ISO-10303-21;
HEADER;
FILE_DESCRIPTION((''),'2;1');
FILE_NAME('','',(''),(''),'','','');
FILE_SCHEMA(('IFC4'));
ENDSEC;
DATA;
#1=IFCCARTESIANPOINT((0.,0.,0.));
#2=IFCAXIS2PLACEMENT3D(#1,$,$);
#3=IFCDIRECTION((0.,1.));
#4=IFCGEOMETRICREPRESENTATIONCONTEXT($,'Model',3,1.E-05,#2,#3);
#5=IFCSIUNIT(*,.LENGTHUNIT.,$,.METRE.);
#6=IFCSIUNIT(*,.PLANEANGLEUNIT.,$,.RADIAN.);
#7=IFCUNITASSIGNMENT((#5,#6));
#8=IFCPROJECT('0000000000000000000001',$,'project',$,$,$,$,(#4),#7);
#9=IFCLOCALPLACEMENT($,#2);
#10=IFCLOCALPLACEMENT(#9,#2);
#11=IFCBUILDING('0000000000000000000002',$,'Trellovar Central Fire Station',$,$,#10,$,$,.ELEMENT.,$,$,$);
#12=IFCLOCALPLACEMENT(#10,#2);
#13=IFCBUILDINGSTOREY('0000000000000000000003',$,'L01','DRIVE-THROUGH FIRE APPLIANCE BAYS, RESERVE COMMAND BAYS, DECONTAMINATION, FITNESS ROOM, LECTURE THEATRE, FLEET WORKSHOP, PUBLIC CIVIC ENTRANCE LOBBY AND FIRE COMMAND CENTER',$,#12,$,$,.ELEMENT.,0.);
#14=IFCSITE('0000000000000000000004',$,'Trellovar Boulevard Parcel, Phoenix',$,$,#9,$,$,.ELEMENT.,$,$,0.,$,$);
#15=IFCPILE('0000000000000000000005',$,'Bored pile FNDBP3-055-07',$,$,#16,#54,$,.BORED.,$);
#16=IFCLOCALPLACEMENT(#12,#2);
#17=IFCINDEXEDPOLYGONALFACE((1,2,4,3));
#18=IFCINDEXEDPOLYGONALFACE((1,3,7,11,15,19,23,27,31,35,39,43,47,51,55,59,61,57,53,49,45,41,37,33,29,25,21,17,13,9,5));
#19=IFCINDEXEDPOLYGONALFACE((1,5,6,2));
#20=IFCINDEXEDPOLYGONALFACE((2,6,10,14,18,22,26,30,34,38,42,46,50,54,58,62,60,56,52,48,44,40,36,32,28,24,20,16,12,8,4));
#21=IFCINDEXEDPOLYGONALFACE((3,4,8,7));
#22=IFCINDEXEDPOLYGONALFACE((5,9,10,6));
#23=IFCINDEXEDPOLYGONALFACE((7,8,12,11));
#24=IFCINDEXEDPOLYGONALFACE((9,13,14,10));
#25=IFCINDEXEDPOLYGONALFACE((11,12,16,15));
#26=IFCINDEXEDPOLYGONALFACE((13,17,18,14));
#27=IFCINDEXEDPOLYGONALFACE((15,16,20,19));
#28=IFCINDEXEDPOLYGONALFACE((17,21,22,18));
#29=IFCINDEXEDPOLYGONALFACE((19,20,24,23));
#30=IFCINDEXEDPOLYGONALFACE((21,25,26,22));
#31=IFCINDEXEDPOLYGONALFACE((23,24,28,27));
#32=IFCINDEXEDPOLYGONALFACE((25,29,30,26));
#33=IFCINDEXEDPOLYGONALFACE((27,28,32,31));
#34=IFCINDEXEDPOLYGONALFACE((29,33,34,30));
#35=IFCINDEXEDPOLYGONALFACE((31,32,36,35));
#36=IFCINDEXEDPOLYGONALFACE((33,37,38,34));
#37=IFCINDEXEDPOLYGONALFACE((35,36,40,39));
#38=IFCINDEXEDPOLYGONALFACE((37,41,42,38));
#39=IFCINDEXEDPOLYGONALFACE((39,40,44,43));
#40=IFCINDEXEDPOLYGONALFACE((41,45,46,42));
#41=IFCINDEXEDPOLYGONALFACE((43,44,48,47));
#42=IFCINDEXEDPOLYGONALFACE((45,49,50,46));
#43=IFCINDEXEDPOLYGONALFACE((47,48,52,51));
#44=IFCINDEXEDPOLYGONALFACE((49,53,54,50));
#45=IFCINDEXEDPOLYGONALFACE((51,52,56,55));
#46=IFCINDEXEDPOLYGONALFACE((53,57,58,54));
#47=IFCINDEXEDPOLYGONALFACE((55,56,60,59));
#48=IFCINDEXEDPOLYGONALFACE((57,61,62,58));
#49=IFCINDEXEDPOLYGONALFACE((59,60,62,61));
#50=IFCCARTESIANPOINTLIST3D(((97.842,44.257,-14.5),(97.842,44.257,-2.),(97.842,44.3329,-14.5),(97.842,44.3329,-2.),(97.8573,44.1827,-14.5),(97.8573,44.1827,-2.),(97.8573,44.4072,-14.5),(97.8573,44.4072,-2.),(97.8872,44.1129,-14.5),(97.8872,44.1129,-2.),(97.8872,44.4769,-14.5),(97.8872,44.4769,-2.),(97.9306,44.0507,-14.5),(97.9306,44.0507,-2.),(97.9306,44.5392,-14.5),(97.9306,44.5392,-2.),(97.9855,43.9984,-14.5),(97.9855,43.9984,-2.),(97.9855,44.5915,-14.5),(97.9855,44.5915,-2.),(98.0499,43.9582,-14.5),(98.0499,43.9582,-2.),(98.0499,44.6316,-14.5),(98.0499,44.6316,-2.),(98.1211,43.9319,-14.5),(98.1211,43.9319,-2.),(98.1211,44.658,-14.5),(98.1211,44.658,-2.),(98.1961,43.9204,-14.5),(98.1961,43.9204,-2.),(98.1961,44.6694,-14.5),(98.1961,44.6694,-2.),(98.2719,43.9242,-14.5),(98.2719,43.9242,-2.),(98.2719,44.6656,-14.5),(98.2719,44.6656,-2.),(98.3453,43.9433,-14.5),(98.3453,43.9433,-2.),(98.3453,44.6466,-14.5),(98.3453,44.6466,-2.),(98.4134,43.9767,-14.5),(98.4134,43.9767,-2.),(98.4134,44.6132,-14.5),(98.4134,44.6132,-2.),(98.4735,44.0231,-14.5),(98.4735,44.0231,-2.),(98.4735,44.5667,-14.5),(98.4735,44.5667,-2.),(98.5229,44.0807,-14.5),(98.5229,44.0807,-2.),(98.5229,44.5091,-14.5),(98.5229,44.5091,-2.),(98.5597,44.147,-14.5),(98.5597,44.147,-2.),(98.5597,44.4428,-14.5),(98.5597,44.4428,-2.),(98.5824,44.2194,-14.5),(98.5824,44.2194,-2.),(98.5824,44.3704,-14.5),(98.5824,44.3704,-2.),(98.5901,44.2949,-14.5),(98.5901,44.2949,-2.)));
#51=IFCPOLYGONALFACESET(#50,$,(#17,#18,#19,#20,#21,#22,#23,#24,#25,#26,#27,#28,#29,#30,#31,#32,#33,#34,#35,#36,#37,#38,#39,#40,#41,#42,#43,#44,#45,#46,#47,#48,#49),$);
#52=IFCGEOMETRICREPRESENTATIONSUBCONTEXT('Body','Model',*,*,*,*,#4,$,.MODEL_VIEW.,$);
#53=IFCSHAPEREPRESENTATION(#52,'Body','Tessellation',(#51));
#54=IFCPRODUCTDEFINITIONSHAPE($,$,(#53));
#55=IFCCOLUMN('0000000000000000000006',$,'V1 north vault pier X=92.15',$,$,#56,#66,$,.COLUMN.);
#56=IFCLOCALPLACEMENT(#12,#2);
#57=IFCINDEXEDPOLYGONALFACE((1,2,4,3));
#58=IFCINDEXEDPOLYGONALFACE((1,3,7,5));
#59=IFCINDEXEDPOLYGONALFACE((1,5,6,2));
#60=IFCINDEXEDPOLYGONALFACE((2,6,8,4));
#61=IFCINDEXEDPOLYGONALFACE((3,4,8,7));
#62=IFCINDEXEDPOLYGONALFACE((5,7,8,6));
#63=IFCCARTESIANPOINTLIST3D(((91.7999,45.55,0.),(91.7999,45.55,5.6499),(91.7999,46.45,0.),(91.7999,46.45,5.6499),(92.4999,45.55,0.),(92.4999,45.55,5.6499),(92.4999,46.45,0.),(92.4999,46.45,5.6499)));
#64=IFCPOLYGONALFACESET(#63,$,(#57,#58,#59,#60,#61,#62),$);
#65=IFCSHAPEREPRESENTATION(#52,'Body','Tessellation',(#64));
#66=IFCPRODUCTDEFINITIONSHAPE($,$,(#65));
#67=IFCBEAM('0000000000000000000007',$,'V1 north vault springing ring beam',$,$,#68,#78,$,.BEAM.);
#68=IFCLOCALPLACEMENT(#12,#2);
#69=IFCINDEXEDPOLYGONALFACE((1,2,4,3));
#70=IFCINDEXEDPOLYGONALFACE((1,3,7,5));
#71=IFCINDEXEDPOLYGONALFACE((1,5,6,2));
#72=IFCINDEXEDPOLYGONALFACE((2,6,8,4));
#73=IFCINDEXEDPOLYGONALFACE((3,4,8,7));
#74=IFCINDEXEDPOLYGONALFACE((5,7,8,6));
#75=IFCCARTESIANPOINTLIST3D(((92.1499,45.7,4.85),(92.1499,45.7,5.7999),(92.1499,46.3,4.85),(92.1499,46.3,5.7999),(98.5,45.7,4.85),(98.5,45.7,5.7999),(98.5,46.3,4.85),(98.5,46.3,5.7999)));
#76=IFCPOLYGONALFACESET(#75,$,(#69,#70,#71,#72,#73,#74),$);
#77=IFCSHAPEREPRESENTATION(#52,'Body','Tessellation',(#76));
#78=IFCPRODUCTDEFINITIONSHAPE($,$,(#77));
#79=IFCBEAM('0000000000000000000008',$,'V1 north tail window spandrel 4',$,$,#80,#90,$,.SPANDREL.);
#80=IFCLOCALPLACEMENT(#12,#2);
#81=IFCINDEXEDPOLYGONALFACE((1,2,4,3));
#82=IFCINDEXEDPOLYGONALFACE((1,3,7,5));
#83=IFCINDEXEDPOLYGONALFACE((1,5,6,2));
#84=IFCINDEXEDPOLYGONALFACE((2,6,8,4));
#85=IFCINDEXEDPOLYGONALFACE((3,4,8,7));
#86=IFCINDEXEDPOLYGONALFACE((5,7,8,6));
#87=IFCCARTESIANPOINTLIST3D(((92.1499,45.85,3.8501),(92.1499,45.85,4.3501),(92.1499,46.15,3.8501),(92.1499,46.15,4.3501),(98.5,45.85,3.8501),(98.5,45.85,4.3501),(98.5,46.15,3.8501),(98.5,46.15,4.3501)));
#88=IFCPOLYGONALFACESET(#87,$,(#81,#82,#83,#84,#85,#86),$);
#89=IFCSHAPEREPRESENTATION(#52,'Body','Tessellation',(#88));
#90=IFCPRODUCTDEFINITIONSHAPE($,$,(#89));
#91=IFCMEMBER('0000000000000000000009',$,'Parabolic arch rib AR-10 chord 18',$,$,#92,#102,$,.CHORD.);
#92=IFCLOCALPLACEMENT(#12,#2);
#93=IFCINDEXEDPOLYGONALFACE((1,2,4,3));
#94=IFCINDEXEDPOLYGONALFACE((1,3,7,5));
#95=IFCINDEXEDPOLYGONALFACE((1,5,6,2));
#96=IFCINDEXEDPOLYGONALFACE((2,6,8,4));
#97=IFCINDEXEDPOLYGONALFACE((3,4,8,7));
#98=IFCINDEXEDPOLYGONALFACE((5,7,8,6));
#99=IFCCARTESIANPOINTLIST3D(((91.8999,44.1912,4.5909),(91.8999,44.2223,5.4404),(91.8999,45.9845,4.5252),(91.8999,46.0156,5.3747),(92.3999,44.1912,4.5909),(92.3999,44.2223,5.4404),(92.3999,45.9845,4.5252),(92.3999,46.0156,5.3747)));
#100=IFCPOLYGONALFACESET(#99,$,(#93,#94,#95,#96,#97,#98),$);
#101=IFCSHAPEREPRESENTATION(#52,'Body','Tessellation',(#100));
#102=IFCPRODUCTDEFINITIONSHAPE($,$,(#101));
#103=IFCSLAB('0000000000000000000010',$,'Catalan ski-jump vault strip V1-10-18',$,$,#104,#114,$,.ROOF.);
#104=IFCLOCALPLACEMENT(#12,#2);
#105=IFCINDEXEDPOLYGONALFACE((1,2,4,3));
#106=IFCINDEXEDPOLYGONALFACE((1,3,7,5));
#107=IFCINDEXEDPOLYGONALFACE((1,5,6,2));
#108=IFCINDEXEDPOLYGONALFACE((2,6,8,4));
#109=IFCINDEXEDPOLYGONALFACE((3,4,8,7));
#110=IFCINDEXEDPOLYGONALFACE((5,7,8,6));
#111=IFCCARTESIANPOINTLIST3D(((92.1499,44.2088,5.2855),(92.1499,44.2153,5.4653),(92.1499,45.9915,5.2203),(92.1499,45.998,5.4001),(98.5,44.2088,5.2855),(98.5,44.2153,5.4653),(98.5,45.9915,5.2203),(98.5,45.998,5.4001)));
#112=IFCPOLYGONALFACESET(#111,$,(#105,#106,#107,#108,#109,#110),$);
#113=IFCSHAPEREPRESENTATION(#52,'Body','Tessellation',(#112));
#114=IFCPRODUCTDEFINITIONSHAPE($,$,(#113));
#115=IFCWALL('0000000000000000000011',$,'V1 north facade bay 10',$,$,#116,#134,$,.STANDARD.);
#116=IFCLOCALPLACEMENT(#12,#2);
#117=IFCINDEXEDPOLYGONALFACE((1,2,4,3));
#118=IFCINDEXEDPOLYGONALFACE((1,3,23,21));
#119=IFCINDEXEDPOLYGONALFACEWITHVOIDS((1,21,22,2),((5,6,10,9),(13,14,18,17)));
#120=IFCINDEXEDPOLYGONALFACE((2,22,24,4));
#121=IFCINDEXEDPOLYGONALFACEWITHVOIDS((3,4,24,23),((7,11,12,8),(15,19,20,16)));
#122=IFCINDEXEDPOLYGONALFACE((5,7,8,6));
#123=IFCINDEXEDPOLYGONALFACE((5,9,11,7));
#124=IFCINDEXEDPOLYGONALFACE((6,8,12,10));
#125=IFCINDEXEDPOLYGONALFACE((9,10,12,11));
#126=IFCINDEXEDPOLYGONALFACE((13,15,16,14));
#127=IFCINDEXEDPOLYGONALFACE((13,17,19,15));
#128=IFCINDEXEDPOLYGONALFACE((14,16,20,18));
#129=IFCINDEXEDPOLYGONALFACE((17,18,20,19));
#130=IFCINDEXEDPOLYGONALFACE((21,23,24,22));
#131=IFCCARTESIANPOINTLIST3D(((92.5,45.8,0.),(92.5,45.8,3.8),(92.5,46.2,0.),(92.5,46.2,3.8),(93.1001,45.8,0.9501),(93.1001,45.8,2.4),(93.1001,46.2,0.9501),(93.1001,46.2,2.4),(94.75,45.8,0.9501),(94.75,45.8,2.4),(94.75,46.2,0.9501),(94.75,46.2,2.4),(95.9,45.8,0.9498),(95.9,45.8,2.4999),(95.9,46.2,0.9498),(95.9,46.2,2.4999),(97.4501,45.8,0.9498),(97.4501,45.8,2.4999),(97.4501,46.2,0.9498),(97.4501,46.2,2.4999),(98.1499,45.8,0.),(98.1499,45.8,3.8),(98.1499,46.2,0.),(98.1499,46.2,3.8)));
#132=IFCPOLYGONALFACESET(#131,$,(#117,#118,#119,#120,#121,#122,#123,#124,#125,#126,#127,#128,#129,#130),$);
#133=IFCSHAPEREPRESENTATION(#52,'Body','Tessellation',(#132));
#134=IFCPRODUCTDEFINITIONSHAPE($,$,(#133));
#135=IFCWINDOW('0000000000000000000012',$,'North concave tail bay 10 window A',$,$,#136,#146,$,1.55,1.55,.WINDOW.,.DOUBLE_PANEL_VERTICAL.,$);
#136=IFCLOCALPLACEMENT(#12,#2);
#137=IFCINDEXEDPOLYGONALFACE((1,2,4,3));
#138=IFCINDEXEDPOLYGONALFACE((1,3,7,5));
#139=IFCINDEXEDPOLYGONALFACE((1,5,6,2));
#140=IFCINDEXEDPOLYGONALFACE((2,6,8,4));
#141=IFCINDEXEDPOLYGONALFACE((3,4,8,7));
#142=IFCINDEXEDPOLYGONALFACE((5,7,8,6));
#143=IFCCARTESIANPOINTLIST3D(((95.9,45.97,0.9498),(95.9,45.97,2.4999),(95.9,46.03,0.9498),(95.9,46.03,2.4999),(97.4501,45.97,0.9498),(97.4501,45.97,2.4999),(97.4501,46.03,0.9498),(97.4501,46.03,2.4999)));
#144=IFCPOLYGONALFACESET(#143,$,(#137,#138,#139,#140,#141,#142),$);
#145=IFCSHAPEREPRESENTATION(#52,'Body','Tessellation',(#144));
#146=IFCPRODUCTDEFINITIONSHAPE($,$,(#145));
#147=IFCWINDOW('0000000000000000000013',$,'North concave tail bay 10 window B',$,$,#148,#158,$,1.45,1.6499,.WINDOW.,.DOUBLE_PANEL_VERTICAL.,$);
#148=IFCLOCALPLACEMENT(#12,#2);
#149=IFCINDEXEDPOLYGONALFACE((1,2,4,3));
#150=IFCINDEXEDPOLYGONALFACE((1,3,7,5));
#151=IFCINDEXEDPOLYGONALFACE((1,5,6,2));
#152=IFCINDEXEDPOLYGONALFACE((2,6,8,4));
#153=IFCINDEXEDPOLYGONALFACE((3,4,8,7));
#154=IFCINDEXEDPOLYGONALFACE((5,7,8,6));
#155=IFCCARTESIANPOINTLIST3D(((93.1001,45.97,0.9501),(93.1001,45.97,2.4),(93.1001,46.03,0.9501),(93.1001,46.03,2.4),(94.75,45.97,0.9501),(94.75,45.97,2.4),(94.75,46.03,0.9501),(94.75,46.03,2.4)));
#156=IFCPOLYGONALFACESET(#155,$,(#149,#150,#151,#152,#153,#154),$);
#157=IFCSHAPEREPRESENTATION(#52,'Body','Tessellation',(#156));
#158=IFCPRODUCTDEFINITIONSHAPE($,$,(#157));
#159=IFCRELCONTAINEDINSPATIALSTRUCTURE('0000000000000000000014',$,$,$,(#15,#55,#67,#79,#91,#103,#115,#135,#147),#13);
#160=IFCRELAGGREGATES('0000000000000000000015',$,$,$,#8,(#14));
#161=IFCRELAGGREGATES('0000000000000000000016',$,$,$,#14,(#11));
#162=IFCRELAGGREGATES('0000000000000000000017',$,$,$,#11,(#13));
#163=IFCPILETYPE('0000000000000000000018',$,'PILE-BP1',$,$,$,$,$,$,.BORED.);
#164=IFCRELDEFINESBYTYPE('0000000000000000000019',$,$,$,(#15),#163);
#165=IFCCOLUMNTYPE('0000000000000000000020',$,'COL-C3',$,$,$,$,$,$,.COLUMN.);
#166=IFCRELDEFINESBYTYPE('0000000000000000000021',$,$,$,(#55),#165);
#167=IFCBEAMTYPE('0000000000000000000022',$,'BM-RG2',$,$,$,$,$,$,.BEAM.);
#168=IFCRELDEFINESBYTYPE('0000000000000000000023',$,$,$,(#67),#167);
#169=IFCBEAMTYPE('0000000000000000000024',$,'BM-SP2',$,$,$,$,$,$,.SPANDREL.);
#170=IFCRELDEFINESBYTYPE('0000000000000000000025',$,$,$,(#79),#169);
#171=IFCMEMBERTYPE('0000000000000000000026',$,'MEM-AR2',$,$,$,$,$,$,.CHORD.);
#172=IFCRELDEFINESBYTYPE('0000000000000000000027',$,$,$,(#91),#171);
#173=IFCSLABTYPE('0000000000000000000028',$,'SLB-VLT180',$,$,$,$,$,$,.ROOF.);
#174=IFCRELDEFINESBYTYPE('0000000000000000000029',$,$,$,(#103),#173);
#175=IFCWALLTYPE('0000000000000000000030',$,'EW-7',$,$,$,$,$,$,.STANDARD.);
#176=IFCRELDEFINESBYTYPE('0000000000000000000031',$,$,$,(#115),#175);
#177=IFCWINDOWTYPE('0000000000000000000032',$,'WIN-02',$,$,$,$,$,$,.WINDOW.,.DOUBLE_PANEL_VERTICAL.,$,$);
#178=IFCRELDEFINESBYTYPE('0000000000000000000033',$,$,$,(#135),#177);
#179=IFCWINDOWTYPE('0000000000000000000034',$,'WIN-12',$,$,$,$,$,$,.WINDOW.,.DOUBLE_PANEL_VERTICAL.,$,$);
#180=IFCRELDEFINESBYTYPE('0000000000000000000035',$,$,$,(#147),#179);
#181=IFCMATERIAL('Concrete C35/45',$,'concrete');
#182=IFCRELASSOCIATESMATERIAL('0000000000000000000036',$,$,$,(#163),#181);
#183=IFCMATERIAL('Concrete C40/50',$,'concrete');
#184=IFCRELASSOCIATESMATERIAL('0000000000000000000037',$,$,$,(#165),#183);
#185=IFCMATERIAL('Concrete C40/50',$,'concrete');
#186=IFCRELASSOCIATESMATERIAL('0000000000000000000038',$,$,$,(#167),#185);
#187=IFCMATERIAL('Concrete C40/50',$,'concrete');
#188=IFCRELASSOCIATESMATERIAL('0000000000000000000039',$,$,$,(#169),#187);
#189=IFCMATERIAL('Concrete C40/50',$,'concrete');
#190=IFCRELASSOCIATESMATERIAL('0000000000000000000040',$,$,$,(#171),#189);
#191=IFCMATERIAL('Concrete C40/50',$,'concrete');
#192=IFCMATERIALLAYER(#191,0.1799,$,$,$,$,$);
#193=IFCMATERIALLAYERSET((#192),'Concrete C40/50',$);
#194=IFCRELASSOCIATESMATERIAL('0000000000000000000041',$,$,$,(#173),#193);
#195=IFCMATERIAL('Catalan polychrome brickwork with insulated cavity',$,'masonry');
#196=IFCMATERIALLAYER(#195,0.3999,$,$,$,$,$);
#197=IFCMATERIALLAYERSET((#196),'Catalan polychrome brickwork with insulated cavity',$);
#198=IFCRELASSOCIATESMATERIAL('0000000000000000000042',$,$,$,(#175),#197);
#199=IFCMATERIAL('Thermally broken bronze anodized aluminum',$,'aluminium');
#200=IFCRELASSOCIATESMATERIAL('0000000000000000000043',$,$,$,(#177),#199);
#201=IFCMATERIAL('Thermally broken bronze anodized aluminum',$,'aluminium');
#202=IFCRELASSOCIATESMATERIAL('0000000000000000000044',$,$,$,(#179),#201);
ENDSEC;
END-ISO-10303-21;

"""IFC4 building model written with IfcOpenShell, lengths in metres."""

from ifc_helpers import new_model, si_unit, direction, frame, frame_2d, origin, origin_2d, place, context, subcontext, project, spatial, polyline, rectangle, circle, outline, extrude, material, layer, layer_set, material_profile, profile_set, type_object, element, fill, save


model = new_model("IFC4")

# Units and contexts
model_context = context("Model", 3, precision=1e-05, world=origin(), true_north=direction((0.0, 1.0)))
body_context = subcontext(model_context, "Body", "Model", "MODEL_VIEW")
ifc_project = project(units=[si_unit("LENGTHUNIT", "METRE"), si_unit("PLANEANGLEUNIT", "RADIAN")], contexts=[model_context])

# Site, building, storey
site_placement = place(None, origin())
site = spatial("IfcSite", under=ifc_project, at=site_placement, Name="Trellovar Boulevard Parcel, Phoenix", CompositionType="ELEMENT", RefElevation=0.0)
building_placement = place(site_placement, origin())
building = spatial("IfcBuilding", under=site, at=building_placement, Name="Trellovar Central Fire Station", CompositionType="ELEMENT")
storey_placement = place(building_placement, origin())
storey = spatial("IfcBuildingStorey", under=building, at=storey_placement, Name="L01", Description="DRIVE-THROUGH FIRE APPLIANCE BAYS, RESERVE COMMAND BAYS, DECONTAMINATION, FITNESS ROOM, LECTURE THEATRE, FLEET WORKSHOP, PUBLIC CIVIC ENTRANCE LOBBY AND FIRE COMMAND CENTER", CompositionType="ELEMENT", Elevation=0.0)

# Pile
ifc_material_1 = material(Name="Concrete C35/45", Category="concrete")
ifc_material_profile_1 = material_profile(ifc_material_1, circle(Radius=0.375, at=origin_2d()), Name="PILE750")
ifc_profile_set_1 = profile_set([ifc_material_profile_1], Name="Concrete C35/45")
pile_type = type_object("IfcPileType", Name="PILE-BP1", PredefinedType="BORED", material=ifc_profile_set_1)
for number, where, z_axis, x_axis, name in (
    (1, (98.2151, 44.2949, -2.0), (0.0, 0.0, -1.0), (1.0, 0.0, 0.0), "Bored pile FNDBP3-055-07"),
):
    element("IfcPile", number, at=place(storey_placement, frame(where, z_axis=z_axis, x_axis=x_axis)), inside=storey, type_object=pile_type, Name=name, PredefinedType="BORED", context=body_context, shape_type="SweptSolid", body=[
        extrude(circle(Radius=0.375, at=origin_2d()), origin(), (0.0, 0.0, 1.0), 12.5),
    ])

# Column
ifc_material_2 = material(Name="Concrete C40/50", Category="concrete")
ifc_material_profile_2 = material_profile(ifc_material_2, rectangle(XDim=0.7, YDim=0.8999, at=origin_2d()), Name="RC700X900")
ifc_profile_set_2 = profile_set([ifc_material_profile_2], Name="Concrete C40/50")
column_type = type_object("IfcColumnType", Name="COL-C3", PredefinedType="COLUMN", material=ifc_profile_set_2)
column_placement = place(storey_placement, frame((92.1499, 46.0, 0.0), z_axis=(0.0, 0.0, 1.0), x_axis=(1.0, 0.0, 0.0)))
element("IfcColumn", 2, at=column_placement, inside=storey, type_object=column_type, Name="V1 north vault pier X=92.15", PredefinedType="COLUMN", context=body_context, shape_type="SweptSolid", body=[
    extrude(rectangle(XDim=0.7, YDim=0.8999, at=origin_2d()), origin(), (0.0, 0.0, 1.0), 5.6499),
])

# Beams
ifc_material_3 = material(Name="Concrete C40/50", Category="concrete")
ifc_material_profile_3 = material_profile(ifc_material_3, rectangle(XDim=0.6001, YDim=0.95, at=origin_2d()), Name="RC600X950")
ifc_profile_set_3 = profile_set([ifc_material_profile_3], Name="Concrete C40/50")
beam_type_1 = type_object("IfcBeamType", Name="BM-RG2", PredefinedType="BEAM", material=ifc_profile_set_3)
beam_1_placement = place(storey_placement, frame((92.1499, 46.0, 5.325), z_axis=(1.0, 0.0, 0.0), x_axis=(0.0, 1.0, 0.0)))
element("IfcBeam", 3, at=beam_1_placement, inside=storey, type_object=beam_type_1, Name="V1 north vault springing ring beam", PredefinedType="BEAM", context=body_context, shape_type="SweptSolid", body=[
    extrude(rectangle(XDim=0.6001, YDim=0.95, at=origin_2d()), origin(), (0.0, 0.0, 1.0), 6.3501),
])
ifc_material_4 = material(Name="Concrete C40/50", Category="concrete")
ifc_material_profile_4 = material_profile(ifc_material_4, rectangle(XDim=0.3, YDim=0.5, at=origin_2d()), Name="RC300X500")
ifc_profile_set_4 = profile_set([ifc_material_profile_4], Name="Concrete C40/50")
beam_type_2 = type_object("IfcBeamType", Name="BM-SP2", PredefinedType="SPANDREL", material=ifc_profile_set_4)
beam_2_placement = place(storey_placement, frame((92.1499, 46.0, 4.1001), z_axis=(1.0, 0.0, 0.0), x_axis=(0.0, 1.0, 0.0)))
element("IfcBeam", 4, at=beam_2_placement, inside=storey, type_object=beam_type_2, Name="V1 north tail window spandrel 4", PredefinedType="SPANDREL", context=body_context, shape_type="SweptSolid", body=[
    extrude(rectangle(XDim=0.3, YDim=0.5, at=origin_2d()), origin(), (0.0, 0.0, 1.0), 6.3501),
])

# Member
ifc_material_5 = material(Name="Concrete C40/50", Category="concrete")
ifc_material_profile_5 = material_profile(ifc_material_5, rectangle(XDim=0.5, YDim=0.8501, at=origin_2d()), Name="RC500X850")
ifc_profile_set_5 = profile_set([ifc_material_profile_5], Name="Concrete C40/50")
member_type = type_object("IfcMemberType", Name="MEM-AR2", PredefinedType="CHORD", material=ifc_profile_set_5)
member_placement = place(storey_placement, frame((92.1499, 44.2068, 5.0156), z_axis=(0.0, 0.99933, -0.036599), x_axis=(-1.0, 0.0, 0.0)))
element("IfcMember", 5, at=member_placement, inside=storey, type_object=member_type, Name="Parabolic arch rib AR-10 chord 18", PredefinedType="CHORD", context=body_context, shape_type="SweptSolid", body=[
    extrude(rectangle(XDim=0.5, YDim=0.8501, at=origin_2d()), origin(), (0.0, 0.0, 1.0), 1.7944),
])

# Slab
ifc_material_6 = material(Name="Concrete C40/50", Category="concrete")
ifc_layer_1 = layer(ifc_material_6, 0.1799)
ifc_layer_set_1 = layer_set([ifc_layer_1], Name="Concrete C40/50")
slab_type = type_object("IfcSlabType", Name="SLB-VLT180", PredefinedType="ROOF", material=ifc_layer_set_1)
slab_placement = place(storey_placement, frame((92.1499, 44.2153, 5.4653), z_axis=(0.0, 0.036541, 0.999332), x_axis=(1.0, 0.0, 0.0)))
element("IfcSlab", 6, at=slab_placement, inside=storey, type_object=slab_type, Name="Catalan ski-jump vault strip V1-10-18", PredefinedType="ROOF", context=body_context, shape_type="SweptSolid", body=[
    extrude(outline(polyline([(0.0, 0.0), (6.3501, 0.0), (6.3501, 1.7839), (0.0, 1.7839), (0.0, 0.0)])), origin(), (0.0, 0.0, -1.0), 0.1799),
])

# Wall, openings, windows
ifc_material_7 = material(Name="Catalan polychrome brickwork with insulated cavity", Category="masonry")
ifc_layer_2 = layer(ifc_material_7, 0.3999)
ifc_layer_set_2 = layer_set([ifc_layer_2], Name="Catalan polychrome brickwork with insulated cavity")
wall_type = type_object("IfcWallType", Name="EW-7", PredefinedType="STANDARD", material=ifc_layer_set_2)
wall_placement = place(storey_placement, frame((98.1499, 46.0, 0.0), z_axis=(0.0, 0.0, 1.0), x_axis=(-1.0, 0.0, 0.0)))
wall = element("IfcWall", 7, at=wall_placement, inside=storey, type_object=wall_type, Name="V1 north facade bay 10", PredefinedType="STANDARD", context=body_context, shape_type="SweptSolid", body=[
    extrude(rectangle(XDim=5.6499, YDim=0.3999, at=frame_2d((2.825, 0.0))), origin(), (0.0, 0.0, 1.0), 3.8),
])
opening_1_placement = place(wall_placement, frame((0.7, 0.0, 0.95)))
opening_1 = element("IfcOpeningElement", 8, at=opening_1_placement, cuts=wall, PredefinedType="OPENING", context=body_context, shape_type="SweptSolid", body=[
    extrude(rectangle(XDim=1.55, YDim=1.55, at=frame_2d((0.7749, 0.7749))), frame((0.0, 0.21, 0.0), z_axis=(0.0, -1.0, 0.0), x_axis=(1.0, 0.0, 0.0)), (0.0, 0.0, 1.0), 0.4199),
])
opening_2_placement = place(wall_placement, frame((3.3999, 0.0, 0.95)))
opening_2 = element("IfcOpeningElement", 9, at=opening_2_placement, cuts=wall, PredefinedType="OPENING", context=body_context, shape_type="SweptSolid", body=[
    extrude(rectangle(XDim=1.6499, YDim=1.45, at=frame_2d((0.825, 0.7251))), frame((0.0, 0.21, 0.0), z_axis=(0.0, -1.0, 0.0), x_axis=(1.0, 0.0, 0.0)), (0.0, 0.0, 1.0), 0.4199),
])
ifc_material_8 = material(Name="Thermally broken bronze anodized aluminum", Category="aluminium")
window_type_1 = type_object("IfcWindowType", Name="WIN-02", PartitioningType="DOUBLE_PANEL_VERTICAL", PredefinedType="WINDOW", material=ifc_material_8)
window_1_placement = place(opening_1_placement, origin())
window_1 = element("IfcWindow", 10, at=window_1_placement, inside=storey, type_object=window_type_1, Name="North concave tail bay 10 window A", OverallHeight=1.55, OverallWidth=1.55, PartitioningType="DOUBLE_PANEL_VERTICAL", PredefinedType="WINDOW", context=body_context, shape_type="SweptSolid", body=[
    extrude(rectangle(XDim=1.55, YDim=1.55, at=frame_2d((0.7749, 0.7749))), frame((0.0, 0.03, 0.0), z_axis=(0.0, -1.0, 0.0), x_axis=(1.0, 0.0, 0.0)), (0.0, 0.0, 1.0), 0.0601),
])
fill(opening_1, window_1)
ifc_material_9 = material(Name="Thermally broken bronze anodized aluminum", Category="aluminium")
window_type_2 = type_object("IfcWindowType", Name="WIN-12", PartitioningType="DOUBLE_PANEL_VERTICAL", PredefinedType="WINDOW", material=ifc_material_9)
window_2_placement = place(opening_2_placement, origin())
window_2 = element("IfcWindow", 11, at=window_2_placement, inside=storey, type_object=window_type_2, Name="North concave tail bay 10 window B", OverallHeight=1.45, OverallWidth=1.6499, PartitioningType="DOUBLE_PANEL_VERTICAL", PredefinedType="WINDOW", context=body_context, shape_type="SweptSolid", body=[
    extrude(rectangle(XDim=1.6499, YDim=1.45, at=frame_2d((0.825, 0.7251))), frame((0.0, 0.03, 0.0), z_axis=(0.0, -1.0, 0.0), x_axis=(1.0, 0.0, 0.0)), (0.0, 0.0, 1.0), 0.0601),
])
fill(opening_2, window_2)

save(model, "model.ifc")
